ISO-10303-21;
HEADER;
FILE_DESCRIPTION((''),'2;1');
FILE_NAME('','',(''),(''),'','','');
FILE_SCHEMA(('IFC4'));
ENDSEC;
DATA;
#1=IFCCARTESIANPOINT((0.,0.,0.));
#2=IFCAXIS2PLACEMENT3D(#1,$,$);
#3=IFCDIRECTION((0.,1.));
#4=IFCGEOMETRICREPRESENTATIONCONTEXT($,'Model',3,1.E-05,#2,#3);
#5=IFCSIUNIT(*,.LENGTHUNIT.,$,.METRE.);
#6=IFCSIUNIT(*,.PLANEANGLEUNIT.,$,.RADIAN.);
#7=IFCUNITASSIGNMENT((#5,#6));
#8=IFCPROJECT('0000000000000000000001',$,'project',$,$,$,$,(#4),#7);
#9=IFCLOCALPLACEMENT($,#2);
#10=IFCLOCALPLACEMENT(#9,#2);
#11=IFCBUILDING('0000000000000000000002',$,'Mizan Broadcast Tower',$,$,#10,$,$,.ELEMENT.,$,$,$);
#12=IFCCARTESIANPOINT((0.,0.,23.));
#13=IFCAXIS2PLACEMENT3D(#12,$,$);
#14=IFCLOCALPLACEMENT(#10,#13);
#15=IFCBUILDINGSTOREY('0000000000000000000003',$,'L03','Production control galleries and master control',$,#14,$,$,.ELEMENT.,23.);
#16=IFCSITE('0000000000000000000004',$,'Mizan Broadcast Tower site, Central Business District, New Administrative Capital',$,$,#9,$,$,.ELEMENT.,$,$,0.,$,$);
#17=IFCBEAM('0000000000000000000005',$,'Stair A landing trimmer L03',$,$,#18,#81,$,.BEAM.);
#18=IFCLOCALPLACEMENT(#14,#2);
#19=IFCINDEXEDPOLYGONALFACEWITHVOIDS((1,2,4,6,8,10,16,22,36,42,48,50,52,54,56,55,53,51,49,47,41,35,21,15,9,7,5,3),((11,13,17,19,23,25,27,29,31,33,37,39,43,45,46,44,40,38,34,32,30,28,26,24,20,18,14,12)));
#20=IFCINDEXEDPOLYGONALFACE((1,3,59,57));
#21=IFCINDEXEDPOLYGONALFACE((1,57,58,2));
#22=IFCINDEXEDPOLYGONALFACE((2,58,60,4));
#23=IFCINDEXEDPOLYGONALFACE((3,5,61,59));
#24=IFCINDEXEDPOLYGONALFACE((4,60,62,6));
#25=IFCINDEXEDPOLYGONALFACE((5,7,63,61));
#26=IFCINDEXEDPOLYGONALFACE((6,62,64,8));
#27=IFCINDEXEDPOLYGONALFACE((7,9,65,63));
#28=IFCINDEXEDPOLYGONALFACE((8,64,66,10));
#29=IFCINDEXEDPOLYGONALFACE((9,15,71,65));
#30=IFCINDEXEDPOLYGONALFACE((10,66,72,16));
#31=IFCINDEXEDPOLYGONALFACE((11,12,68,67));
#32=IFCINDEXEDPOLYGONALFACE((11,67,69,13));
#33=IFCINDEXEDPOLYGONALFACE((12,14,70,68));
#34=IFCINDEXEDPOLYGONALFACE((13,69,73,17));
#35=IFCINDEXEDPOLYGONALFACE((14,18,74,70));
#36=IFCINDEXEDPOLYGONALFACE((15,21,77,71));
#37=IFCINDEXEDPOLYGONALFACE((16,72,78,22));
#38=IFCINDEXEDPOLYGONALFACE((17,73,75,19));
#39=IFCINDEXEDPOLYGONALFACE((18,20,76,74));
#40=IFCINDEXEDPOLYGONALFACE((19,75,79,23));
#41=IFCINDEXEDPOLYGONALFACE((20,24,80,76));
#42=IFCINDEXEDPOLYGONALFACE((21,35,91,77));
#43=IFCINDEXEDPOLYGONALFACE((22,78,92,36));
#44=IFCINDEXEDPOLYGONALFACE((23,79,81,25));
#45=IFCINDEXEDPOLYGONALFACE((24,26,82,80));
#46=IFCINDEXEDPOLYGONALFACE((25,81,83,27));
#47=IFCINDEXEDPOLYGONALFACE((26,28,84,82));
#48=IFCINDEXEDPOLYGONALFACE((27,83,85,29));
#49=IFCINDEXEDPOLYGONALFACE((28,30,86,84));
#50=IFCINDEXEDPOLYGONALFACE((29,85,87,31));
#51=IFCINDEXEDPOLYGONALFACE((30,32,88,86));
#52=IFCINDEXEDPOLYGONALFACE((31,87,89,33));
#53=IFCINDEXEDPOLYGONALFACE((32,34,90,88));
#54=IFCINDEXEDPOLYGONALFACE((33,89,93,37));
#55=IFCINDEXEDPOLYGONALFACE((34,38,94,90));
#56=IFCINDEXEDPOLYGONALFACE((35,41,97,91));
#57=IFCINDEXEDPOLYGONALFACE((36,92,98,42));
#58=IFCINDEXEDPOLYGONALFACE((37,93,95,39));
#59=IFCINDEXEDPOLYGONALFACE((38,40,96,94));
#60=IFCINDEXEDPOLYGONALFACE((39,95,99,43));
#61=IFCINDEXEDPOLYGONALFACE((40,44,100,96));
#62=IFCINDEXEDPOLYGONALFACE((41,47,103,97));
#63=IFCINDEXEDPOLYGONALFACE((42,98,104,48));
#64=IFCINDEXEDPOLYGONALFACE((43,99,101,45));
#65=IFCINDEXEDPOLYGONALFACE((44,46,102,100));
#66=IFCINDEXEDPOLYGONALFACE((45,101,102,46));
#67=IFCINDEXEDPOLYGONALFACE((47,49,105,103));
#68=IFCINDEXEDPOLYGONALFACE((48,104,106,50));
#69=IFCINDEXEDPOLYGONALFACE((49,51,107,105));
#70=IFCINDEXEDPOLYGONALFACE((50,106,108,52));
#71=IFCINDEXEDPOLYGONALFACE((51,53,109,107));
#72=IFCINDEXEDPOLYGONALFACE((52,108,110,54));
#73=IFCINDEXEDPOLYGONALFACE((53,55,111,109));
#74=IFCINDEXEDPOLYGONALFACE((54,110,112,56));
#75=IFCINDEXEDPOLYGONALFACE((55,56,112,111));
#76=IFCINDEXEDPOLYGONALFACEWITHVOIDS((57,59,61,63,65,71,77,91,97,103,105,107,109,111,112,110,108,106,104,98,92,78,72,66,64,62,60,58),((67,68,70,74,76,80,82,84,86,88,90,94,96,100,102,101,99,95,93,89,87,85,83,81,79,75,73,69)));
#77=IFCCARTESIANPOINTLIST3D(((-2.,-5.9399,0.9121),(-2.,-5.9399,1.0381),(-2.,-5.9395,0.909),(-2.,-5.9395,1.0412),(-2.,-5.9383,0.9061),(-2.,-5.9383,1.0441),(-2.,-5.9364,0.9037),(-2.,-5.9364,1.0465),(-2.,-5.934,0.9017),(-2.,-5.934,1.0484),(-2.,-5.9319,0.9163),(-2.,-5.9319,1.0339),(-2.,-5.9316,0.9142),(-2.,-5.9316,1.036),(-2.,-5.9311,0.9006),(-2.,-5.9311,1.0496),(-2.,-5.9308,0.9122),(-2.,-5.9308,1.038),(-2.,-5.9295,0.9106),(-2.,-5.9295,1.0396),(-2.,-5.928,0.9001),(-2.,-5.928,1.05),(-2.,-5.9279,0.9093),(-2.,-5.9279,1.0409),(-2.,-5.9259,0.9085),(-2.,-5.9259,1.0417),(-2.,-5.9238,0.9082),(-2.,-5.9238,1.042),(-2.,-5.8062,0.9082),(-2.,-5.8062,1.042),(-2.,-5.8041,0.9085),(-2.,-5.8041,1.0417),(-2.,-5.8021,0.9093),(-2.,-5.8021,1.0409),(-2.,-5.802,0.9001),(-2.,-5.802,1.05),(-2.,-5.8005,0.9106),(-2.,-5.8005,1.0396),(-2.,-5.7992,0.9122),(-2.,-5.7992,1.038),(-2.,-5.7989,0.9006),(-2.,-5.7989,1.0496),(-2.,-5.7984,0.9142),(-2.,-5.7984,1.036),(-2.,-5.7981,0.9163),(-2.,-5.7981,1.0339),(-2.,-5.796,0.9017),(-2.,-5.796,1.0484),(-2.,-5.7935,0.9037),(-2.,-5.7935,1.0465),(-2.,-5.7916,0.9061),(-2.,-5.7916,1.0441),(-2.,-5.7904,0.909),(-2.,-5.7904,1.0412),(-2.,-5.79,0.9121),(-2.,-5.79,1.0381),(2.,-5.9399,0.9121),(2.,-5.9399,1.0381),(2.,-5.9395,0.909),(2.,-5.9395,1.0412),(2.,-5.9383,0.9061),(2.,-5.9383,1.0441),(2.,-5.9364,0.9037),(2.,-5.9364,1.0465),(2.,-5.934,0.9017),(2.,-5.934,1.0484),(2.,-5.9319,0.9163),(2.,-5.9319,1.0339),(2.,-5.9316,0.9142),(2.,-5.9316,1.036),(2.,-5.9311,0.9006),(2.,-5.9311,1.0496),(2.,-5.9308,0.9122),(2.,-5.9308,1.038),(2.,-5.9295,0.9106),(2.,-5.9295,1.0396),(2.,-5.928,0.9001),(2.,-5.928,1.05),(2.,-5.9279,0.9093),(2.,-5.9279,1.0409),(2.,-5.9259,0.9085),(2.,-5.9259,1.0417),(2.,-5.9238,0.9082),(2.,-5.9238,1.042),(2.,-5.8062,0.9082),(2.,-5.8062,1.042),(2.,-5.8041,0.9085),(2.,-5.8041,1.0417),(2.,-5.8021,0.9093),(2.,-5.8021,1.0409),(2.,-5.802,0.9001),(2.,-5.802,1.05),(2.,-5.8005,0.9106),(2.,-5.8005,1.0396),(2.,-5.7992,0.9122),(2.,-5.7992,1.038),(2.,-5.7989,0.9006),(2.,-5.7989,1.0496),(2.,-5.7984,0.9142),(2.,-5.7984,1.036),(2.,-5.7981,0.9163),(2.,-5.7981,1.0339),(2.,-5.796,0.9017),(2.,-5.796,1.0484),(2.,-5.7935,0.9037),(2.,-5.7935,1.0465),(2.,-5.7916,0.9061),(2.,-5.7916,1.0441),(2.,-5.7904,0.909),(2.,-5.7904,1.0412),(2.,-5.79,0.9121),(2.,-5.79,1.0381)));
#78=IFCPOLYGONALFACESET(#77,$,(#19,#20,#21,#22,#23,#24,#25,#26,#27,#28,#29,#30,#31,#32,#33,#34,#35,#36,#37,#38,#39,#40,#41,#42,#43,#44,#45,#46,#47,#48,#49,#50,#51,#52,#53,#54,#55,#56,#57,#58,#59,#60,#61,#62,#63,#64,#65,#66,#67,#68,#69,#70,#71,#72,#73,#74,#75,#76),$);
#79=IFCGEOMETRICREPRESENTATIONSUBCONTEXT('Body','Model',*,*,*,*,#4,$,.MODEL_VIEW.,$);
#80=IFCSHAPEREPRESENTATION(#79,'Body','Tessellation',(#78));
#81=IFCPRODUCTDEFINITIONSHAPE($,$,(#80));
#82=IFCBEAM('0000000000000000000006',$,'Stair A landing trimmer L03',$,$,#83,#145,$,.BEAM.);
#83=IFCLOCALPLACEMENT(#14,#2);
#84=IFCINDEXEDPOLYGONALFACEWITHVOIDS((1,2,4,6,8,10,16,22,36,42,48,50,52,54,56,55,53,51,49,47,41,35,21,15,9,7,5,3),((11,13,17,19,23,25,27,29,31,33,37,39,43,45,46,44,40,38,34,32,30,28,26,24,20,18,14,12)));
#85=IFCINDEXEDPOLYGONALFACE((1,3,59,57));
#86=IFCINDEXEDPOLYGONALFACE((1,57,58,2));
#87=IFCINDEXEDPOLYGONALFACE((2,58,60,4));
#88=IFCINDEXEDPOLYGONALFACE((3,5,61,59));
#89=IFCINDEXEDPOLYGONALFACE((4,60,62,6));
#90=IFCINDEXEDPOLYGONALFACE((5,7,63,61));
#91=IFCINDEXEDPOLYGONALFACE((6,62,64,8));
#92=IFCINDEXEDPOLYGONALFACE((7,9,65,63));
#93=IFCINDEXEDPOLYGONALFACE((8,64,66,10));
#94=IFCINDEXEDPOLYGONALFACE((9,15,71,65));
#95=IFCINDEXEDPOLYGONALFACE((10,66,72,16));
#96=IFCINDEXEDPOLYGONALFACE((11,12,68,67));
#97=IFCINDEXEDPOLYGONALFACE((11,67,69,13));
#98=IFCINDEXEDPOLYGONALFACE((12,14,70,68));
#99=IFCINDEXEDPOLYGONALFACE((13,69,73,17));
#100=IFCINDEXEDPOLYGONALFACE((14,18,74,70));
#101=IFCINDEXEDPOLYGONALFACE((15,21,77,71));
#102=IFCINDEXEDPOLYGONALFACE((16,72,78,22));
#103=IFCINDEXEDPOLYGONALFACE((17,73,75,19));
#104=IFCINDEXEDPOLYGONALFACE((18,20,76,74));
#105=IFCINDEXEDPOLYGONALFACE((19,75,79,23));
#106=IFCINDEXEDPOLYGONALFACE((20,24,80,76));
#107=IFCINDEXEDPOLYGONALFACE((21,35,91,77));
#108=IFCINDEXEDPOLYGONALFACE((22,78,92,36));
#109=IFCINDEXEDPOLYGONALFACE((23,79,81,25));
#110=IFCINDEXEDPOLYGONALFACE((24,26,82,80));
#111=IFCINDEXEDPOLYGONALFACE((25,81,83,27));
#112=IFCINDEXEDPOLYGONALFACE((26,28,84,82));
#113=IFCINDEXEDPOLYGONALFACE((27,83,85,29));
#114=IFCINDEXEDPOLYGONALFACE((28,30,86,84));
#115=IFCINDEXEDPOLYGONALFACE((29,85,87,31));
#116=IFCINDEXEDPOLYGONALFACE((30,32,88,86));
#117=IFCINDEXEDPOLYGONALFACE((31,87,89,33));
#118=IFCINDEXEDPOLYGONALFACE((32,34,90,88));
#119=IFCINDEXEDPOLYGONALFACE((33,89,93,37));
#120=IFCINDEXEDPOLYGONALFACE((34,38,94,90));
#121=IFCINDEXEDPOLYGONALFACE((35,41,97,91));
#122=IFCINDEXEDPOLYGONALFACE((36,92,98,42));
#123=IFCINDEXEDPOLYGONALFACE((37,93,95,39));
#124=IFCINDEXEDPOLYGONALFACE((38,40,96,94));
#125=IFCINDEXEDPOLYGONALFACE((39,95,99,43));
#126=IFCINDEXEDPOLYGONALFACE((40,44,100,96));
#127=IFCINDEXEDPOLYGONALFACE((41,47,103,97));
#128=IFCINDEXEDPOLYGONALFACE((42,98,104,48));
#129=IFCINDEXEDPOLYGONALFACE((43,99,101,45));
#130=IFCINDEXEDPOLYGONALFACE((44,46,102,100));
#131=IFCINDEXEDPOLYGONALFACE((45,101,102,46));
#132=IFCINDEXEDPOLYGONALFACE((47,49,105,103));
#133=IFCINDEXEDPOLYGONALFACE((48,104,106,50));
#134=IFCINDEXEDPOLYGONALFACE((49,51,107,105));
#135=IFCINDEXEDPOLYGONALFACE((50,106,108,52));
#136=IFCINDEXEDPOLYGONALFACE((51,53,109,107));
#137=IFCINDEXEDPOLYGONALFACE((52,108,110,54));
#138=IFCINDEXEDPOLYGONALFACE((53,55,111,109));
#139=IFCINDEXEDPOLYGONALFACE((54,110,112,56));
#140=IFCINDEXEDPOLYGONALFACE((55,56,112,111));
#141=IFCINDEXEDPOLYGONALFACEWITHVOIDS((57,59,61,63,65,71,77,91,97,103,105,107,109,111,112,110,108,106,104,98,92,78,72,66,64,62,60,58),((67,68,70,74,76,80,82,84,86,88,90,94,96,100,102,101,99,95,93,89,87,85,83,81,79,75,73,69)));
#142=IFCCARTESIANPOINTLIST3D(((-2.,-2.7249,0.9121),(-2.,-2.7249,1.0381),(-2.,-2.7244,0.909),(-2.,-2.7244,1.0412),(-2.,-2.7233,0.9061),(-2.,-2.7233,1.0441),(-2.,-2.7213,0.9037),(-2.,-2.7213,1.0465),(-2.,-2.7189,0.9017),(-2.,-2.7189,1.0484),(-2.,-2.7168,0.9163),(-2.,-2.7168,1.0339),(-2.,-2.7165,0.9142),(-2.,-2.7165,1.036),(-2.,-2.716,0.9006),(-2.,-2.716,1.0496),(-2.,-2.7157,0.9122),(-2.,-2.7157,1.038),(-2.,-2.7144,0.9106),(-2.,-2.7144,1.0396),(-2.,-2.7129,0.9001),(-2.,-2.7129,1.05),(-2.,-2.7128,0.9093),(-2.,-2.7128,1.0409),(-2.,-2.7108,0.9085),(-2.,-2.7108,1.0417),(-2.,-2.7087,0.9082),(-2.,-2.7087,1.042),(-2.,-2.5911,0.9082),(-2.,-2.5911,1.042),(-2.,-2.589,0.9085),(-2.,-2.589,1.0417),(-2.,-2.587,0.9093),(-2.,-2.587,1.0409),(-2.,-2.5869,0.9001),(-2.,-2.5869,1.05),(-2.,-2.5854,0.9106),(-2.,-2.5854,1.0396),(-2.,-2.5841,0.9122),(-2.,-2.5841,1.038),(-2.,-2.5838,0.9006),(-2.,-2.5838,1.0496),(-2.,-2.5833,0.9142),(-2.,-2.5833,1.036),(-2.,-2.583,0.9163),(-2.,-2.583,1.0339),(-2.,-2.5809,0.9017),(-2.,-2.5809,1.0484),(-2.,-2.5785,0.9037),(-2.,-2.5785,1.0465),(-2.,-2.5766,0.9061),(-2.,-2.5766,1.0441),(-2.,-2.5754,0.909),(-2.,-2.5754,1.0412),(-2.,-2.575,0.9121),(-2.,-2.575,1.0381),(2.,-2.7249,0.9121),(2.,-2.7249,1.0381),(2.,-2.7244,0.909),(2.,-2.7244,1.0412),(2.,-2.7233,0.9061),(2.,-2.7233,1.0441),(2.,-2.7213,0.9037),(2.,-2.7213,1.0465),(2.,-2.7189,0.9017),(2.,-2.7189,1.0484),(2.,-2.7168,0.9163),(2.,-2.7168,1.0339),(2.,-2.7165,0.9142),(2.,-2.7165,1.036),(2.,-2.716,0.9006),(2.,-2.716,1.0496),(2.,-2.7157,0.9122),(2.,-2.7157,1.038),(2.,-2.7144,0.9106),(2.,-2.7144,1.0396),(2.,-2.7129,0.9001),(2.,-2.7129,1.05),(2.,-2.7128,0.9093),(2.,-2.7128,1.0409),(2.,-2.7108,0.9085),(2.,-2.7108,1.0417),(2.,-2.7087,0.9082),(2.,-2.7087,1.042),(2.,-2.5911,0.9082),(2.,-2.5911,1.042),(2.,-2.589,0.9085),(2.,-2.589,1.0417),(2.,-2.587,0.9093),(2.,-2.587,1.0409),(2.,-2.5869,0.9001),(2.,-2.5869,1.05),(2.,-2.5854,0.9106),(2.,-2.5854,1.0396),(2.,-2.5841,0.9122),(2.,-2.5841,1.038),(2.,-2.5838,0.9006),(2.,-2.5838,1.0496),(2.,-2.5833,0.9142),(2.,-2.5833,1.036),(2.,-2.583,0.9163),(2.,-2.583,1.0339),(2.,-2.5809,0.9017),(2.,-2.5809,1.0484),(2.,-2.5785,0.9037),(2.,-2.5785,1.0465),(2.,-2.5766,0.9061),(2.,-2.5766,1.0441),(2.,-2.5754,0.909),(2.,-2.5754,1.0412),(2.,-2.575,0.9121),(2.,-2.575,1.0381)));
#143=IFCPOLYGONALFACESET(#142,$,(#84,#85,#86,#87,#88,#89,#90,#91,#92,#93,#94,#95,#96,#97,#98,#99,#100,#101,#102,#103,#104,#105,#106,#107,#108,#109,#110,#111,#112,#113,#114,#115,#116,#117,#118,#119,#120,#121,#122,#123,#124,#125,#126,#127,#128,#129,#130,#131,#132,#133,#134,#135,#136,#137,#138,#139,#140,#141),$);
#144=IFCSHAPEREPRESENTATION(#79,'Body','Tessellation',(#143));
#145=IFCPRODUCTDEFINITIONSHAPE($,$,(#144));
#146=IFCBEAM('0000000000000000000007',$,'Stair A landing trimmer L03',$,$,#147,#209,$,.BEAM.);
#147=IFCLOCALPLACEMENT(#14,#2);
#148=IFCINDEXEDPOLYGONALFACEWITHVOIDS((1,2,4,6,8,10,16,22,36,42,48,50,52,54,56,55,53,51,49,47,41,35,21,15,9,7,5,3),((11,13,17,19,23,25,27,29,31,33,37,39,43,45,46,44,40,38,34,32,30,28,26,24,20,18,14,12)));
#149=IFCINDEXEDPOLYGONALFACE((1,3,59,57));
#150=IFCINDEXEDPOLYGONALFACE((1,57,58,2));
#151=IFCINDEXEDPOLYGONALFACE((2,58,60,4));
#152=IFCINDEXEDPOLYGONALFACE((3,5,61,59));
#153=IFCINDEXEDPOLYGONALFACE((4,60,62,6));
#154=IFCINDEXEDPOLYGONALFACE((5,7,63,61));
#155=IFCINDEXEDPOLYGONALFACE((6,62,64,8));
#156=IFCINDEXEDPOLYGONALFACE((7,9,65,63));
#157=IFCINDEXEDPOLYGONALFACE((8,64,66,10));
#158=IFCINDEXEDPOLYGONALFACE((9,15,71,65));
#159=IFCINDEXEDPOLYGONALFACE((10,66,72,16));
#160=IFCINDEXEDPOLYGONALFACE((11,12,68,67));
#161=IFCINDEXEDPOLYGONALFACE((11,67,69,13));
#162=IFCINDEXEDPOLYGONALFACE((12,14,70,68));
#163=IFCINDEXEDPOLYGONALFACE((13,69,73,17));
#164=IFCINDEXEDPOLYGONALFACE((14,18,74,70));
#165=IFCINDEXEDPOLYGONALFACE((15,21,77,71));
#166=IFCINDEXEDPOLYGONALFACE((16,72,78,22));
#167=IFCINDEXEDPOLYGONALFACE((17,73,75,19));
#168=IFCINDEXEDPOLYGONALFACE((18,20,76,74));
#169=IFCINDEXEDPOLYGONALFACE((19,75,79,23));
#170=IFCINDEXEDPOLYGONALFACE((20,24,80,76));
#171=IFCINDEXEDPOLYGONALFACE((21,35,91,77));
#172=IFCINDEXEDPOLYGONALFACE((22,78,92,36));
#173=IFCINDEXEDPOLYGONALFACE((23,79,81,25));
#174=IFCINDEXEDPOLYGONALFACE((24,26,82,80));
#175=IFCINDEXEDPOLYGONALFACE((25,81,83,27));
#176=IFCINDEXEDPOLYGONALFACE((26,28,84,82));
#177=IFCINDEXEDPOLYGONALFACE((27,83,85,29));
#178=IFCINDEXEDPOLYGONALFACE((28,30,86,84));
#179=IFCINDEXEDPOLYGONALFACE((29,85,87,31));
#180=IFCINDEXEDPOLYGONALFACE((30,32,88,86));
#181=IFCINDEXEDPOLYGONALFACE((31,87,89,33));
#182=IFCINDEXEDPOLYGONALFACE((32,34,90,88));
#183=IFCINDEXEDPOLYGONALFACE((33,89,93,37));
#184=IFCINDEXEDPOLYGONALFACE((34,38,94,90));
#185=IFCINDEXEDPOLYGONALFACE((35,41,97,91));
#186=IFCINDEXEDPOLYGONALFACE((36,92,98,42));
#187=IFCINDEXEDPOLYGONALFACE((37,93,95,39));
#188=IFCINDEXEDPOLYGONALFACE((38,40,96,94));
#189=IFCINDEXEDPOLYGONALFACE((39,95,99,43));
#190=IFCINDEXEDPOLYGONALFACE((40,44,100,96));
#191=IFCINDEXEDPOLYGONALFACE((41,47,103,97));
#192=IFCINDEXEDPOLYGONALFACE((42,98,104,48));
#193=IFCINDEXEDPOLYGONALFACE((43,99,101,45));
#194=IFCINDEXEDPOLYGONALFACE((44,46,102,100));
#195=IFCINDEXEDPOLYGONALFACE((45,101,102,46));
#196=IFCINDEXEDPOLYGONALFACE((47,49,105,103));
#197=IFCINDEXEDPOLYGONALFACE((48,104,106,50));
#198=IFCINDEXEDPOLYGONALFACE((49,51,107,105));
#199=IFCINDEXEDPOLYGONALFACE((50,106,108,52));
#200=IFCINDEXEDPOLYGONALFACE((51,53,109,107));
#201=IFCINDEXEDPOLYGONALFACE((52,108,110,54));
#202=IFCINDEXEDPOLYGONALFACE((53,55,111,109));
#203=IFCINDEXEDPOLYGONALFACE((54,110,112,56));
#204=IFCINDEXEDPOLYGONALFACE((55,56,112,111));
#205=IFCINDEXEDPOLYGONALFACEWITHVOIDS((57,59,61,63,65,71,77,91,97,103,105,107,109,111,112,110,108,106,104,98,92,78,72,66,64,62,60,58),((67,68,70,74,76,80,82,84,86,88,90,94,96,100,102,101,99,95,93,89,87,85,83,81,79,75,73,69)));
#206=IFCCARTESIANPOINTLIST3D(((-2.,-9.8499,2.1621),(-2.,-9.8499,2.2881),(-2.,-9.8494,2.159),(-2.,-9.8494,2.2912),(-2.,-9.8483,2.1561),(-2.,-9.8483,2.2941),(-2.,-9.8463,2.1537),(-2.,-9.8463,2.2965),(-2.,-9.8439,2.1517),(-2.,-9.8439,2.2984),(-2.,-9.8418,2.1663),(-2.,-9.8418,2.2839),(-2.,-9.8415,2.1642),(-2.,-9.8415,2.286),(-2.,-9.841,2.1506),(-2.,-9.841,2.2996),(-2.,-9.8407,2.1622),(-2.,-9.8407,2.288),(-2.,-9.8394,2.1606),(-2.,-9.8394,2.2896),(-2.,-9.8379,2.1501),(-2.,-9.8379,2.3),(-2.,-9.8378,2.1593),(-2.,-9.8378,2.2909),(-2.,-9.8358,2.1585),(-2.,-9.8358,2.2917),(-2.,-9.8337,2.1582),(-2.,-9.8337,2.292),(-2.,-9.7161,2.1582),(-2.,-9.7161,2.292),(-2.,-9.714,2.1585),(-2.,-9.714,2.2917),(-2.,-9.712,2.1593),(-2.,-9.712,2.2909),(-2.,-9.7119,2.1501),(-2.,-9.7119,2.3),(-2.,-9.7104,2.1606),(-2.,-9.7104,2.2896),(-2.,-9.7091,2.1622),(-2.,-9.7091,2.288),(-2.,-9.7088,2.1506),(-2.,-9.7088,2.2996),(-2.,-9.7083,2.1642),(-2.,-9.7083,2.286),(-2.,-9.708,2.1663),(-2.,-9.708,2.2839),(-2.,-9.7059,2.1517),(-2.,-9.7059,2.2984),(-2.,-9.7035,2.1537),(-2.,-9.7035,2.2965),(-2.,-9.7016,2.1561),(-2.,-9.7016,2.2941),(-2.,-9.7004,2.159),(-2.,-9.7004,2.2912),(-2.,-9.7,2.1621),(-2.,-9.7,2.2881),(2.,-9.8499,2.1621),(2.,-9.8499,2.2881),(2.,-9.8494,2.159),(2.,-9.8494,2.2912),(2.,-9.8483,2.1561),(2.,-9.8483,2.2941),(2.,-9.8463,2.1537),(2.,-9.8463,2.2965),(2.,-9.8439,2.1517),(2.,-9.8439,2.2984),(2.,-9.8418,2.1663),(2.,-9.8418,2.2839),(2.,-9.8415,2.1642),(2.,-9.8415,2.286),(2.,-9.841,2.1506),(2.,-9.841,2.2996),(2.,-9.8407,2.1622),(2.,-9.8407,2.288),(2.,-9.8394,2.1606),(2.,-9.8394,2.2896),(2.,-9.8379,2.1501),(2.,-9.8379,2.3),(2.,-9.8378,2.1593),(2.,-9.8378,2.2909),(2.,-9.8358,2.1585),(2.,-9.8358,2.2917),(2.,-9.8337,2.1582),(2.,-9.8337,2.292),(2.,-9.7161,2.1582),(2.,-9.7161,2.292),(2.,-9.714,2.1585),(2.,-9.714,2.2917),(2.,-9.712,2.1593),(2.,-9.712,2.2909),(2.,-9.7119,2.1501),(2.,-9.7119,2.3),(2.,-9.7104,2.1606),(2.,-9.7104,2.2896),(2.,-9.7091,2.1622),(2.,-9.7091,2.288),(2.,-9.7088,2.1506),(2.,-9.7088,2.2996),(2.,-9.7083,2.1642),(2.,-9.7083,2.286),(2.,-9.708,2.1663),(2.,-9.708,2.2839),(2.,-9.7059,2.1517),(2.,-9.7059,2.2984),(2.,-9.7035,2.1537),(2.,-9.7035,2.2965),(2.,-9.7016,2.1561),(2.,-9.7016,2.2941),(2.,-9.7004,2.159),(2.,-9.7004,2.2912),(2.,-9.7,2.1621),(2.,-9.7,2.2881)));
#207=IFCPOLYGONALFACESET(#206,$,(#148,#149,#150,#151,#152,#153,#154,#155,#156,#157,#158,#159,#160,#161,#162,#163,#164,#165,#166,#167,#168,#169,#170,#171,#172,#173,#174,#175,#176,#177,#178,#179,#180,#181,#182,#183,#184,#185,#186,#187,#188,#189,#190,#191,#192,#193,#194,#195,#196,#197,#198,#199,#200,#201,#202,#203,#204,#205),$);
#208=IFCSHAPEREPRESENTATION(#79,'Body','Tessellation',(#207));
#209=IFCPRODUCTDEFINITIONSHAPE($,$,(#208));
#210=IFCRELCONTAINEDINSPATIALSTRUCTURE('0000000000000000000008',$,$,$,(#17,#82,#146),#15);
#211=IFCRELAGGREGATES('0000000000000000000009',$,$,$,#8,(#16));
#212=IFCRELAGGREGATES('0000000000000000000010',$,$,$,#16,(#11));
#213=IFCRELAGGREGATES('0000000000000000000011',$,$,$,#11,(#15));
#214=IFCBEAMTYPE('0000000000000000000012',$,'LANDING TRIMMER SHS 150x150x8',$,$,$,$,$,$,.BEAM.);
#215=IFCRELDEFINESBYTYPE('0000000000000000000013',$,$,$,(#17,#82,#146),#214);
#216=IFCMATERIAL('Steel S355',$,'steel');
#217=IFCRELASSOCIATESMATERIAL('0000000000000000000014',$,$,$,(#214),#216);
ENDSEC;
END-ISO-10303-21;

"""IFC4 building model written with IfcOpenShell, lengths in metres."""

from ifc_helpers import new_model, si_unit, direction, frame, origin, origin_2d, place, context, subcontext, project, spatial, hollow_rectangle, extrude, material, material_profile, profile_set, type_object, element, save


model = new_model("IFC4")

# Units and contexts
model_context = context("Model", 3, precision=1e-05, world=origin(), true_north=direction((0.0, 1.0)))
body_context = subcontext(model_context, "Body", "Model", "MODEL_VIEW")
ifc_project = project(units=[si_unit("LENGTHUNIT", "METRE"), si_unit("PLANEANGLEUNIT", "RADIAN")], contexts=[model_context])

# Site, building, storey
site_placement = place(None, origin())
site = spatial("IfcSite", under=ifc_project, at=site_placement, Name="Mizan Broadcast Tower site, Central Business District, New Administrative Capital", CompositionType="ELEMENT", RefElevation=0.0)
building_placement = place(site_placement, origin())
building = spatial("IfcBuilding", under=site, at=building_placement, Name="Mizan Broadcast Tower", CompositionType="ELEMENT")
storey_placement = place(building_placement, frame((0.0, 0.0, 23.0)))
storey = spatial("IfcBuildingStorey", under=building, at=storey_placement, Name="L03", Description="Production control galleries and master control", CompositionType="ELEMENT", Elevation=23.0)

# Beams
ifc_material_1 = material(Name="Steel S355", Category="steel")
ifc_material_profile_1 = material_profile(ifc_material_1, hollow_rectangle(XDim=0.1499, YDim=0.1499, WallThickness=0.0081, InnerFilletRadius=0.0081, OuterFilletRadius=0.012, at=origin_2d()), Name="SHS 150x150x8")
ifc_profile_set_1 = profile_set([ifc_material_profile_1], Name="Steel S355")
beam_type_1 = type_object("IfcBeamType", Name="LANDING TRIMMER SHS 150x150x8", PredefinedType="BEAM", material=ifc_profile_set_1)
for number, where, z_axis, x_axis, name in (
    (1, (-2.0, -5.865, 0.9751), (1.0, 0.0, 0.0), (0.0, 1.0, 0.0), "Stair A landing trimmer L03"),
    (2, (-2.0, -2.6499, 0.9751), (1.0, 0.0, 0.0), (0.0, 1.0, 0.0), "Stair A landing trimmer L03"),
    (3, (-2.0, -9.7749, 2.2251), (1.0, 0.0, 0.0), (0.0, 1.0, 0.0), "Stair A landing trimmer L03"),
):
    element("IfcBeam", number, at=place(storey_placement, frame(where, z_axis=z_axis, x_axis=x_axis)), inside=storey, type_object=beam_type_1, Name=name, PredefinedType="BEAM", context=body_context, shape_type="SweptSolid", body=[
        extrude(hollow_rectangle(XDim=0.1499, YDim=0.1499, WallThickness=0.0081, InnerFilletRadius=0.0081, OuterFilletRadius=0.012, at=origin_2d()), origin(), (0.0, 0.0, 1.0), 4.0),
    ])

save(model, "model.ifc")
